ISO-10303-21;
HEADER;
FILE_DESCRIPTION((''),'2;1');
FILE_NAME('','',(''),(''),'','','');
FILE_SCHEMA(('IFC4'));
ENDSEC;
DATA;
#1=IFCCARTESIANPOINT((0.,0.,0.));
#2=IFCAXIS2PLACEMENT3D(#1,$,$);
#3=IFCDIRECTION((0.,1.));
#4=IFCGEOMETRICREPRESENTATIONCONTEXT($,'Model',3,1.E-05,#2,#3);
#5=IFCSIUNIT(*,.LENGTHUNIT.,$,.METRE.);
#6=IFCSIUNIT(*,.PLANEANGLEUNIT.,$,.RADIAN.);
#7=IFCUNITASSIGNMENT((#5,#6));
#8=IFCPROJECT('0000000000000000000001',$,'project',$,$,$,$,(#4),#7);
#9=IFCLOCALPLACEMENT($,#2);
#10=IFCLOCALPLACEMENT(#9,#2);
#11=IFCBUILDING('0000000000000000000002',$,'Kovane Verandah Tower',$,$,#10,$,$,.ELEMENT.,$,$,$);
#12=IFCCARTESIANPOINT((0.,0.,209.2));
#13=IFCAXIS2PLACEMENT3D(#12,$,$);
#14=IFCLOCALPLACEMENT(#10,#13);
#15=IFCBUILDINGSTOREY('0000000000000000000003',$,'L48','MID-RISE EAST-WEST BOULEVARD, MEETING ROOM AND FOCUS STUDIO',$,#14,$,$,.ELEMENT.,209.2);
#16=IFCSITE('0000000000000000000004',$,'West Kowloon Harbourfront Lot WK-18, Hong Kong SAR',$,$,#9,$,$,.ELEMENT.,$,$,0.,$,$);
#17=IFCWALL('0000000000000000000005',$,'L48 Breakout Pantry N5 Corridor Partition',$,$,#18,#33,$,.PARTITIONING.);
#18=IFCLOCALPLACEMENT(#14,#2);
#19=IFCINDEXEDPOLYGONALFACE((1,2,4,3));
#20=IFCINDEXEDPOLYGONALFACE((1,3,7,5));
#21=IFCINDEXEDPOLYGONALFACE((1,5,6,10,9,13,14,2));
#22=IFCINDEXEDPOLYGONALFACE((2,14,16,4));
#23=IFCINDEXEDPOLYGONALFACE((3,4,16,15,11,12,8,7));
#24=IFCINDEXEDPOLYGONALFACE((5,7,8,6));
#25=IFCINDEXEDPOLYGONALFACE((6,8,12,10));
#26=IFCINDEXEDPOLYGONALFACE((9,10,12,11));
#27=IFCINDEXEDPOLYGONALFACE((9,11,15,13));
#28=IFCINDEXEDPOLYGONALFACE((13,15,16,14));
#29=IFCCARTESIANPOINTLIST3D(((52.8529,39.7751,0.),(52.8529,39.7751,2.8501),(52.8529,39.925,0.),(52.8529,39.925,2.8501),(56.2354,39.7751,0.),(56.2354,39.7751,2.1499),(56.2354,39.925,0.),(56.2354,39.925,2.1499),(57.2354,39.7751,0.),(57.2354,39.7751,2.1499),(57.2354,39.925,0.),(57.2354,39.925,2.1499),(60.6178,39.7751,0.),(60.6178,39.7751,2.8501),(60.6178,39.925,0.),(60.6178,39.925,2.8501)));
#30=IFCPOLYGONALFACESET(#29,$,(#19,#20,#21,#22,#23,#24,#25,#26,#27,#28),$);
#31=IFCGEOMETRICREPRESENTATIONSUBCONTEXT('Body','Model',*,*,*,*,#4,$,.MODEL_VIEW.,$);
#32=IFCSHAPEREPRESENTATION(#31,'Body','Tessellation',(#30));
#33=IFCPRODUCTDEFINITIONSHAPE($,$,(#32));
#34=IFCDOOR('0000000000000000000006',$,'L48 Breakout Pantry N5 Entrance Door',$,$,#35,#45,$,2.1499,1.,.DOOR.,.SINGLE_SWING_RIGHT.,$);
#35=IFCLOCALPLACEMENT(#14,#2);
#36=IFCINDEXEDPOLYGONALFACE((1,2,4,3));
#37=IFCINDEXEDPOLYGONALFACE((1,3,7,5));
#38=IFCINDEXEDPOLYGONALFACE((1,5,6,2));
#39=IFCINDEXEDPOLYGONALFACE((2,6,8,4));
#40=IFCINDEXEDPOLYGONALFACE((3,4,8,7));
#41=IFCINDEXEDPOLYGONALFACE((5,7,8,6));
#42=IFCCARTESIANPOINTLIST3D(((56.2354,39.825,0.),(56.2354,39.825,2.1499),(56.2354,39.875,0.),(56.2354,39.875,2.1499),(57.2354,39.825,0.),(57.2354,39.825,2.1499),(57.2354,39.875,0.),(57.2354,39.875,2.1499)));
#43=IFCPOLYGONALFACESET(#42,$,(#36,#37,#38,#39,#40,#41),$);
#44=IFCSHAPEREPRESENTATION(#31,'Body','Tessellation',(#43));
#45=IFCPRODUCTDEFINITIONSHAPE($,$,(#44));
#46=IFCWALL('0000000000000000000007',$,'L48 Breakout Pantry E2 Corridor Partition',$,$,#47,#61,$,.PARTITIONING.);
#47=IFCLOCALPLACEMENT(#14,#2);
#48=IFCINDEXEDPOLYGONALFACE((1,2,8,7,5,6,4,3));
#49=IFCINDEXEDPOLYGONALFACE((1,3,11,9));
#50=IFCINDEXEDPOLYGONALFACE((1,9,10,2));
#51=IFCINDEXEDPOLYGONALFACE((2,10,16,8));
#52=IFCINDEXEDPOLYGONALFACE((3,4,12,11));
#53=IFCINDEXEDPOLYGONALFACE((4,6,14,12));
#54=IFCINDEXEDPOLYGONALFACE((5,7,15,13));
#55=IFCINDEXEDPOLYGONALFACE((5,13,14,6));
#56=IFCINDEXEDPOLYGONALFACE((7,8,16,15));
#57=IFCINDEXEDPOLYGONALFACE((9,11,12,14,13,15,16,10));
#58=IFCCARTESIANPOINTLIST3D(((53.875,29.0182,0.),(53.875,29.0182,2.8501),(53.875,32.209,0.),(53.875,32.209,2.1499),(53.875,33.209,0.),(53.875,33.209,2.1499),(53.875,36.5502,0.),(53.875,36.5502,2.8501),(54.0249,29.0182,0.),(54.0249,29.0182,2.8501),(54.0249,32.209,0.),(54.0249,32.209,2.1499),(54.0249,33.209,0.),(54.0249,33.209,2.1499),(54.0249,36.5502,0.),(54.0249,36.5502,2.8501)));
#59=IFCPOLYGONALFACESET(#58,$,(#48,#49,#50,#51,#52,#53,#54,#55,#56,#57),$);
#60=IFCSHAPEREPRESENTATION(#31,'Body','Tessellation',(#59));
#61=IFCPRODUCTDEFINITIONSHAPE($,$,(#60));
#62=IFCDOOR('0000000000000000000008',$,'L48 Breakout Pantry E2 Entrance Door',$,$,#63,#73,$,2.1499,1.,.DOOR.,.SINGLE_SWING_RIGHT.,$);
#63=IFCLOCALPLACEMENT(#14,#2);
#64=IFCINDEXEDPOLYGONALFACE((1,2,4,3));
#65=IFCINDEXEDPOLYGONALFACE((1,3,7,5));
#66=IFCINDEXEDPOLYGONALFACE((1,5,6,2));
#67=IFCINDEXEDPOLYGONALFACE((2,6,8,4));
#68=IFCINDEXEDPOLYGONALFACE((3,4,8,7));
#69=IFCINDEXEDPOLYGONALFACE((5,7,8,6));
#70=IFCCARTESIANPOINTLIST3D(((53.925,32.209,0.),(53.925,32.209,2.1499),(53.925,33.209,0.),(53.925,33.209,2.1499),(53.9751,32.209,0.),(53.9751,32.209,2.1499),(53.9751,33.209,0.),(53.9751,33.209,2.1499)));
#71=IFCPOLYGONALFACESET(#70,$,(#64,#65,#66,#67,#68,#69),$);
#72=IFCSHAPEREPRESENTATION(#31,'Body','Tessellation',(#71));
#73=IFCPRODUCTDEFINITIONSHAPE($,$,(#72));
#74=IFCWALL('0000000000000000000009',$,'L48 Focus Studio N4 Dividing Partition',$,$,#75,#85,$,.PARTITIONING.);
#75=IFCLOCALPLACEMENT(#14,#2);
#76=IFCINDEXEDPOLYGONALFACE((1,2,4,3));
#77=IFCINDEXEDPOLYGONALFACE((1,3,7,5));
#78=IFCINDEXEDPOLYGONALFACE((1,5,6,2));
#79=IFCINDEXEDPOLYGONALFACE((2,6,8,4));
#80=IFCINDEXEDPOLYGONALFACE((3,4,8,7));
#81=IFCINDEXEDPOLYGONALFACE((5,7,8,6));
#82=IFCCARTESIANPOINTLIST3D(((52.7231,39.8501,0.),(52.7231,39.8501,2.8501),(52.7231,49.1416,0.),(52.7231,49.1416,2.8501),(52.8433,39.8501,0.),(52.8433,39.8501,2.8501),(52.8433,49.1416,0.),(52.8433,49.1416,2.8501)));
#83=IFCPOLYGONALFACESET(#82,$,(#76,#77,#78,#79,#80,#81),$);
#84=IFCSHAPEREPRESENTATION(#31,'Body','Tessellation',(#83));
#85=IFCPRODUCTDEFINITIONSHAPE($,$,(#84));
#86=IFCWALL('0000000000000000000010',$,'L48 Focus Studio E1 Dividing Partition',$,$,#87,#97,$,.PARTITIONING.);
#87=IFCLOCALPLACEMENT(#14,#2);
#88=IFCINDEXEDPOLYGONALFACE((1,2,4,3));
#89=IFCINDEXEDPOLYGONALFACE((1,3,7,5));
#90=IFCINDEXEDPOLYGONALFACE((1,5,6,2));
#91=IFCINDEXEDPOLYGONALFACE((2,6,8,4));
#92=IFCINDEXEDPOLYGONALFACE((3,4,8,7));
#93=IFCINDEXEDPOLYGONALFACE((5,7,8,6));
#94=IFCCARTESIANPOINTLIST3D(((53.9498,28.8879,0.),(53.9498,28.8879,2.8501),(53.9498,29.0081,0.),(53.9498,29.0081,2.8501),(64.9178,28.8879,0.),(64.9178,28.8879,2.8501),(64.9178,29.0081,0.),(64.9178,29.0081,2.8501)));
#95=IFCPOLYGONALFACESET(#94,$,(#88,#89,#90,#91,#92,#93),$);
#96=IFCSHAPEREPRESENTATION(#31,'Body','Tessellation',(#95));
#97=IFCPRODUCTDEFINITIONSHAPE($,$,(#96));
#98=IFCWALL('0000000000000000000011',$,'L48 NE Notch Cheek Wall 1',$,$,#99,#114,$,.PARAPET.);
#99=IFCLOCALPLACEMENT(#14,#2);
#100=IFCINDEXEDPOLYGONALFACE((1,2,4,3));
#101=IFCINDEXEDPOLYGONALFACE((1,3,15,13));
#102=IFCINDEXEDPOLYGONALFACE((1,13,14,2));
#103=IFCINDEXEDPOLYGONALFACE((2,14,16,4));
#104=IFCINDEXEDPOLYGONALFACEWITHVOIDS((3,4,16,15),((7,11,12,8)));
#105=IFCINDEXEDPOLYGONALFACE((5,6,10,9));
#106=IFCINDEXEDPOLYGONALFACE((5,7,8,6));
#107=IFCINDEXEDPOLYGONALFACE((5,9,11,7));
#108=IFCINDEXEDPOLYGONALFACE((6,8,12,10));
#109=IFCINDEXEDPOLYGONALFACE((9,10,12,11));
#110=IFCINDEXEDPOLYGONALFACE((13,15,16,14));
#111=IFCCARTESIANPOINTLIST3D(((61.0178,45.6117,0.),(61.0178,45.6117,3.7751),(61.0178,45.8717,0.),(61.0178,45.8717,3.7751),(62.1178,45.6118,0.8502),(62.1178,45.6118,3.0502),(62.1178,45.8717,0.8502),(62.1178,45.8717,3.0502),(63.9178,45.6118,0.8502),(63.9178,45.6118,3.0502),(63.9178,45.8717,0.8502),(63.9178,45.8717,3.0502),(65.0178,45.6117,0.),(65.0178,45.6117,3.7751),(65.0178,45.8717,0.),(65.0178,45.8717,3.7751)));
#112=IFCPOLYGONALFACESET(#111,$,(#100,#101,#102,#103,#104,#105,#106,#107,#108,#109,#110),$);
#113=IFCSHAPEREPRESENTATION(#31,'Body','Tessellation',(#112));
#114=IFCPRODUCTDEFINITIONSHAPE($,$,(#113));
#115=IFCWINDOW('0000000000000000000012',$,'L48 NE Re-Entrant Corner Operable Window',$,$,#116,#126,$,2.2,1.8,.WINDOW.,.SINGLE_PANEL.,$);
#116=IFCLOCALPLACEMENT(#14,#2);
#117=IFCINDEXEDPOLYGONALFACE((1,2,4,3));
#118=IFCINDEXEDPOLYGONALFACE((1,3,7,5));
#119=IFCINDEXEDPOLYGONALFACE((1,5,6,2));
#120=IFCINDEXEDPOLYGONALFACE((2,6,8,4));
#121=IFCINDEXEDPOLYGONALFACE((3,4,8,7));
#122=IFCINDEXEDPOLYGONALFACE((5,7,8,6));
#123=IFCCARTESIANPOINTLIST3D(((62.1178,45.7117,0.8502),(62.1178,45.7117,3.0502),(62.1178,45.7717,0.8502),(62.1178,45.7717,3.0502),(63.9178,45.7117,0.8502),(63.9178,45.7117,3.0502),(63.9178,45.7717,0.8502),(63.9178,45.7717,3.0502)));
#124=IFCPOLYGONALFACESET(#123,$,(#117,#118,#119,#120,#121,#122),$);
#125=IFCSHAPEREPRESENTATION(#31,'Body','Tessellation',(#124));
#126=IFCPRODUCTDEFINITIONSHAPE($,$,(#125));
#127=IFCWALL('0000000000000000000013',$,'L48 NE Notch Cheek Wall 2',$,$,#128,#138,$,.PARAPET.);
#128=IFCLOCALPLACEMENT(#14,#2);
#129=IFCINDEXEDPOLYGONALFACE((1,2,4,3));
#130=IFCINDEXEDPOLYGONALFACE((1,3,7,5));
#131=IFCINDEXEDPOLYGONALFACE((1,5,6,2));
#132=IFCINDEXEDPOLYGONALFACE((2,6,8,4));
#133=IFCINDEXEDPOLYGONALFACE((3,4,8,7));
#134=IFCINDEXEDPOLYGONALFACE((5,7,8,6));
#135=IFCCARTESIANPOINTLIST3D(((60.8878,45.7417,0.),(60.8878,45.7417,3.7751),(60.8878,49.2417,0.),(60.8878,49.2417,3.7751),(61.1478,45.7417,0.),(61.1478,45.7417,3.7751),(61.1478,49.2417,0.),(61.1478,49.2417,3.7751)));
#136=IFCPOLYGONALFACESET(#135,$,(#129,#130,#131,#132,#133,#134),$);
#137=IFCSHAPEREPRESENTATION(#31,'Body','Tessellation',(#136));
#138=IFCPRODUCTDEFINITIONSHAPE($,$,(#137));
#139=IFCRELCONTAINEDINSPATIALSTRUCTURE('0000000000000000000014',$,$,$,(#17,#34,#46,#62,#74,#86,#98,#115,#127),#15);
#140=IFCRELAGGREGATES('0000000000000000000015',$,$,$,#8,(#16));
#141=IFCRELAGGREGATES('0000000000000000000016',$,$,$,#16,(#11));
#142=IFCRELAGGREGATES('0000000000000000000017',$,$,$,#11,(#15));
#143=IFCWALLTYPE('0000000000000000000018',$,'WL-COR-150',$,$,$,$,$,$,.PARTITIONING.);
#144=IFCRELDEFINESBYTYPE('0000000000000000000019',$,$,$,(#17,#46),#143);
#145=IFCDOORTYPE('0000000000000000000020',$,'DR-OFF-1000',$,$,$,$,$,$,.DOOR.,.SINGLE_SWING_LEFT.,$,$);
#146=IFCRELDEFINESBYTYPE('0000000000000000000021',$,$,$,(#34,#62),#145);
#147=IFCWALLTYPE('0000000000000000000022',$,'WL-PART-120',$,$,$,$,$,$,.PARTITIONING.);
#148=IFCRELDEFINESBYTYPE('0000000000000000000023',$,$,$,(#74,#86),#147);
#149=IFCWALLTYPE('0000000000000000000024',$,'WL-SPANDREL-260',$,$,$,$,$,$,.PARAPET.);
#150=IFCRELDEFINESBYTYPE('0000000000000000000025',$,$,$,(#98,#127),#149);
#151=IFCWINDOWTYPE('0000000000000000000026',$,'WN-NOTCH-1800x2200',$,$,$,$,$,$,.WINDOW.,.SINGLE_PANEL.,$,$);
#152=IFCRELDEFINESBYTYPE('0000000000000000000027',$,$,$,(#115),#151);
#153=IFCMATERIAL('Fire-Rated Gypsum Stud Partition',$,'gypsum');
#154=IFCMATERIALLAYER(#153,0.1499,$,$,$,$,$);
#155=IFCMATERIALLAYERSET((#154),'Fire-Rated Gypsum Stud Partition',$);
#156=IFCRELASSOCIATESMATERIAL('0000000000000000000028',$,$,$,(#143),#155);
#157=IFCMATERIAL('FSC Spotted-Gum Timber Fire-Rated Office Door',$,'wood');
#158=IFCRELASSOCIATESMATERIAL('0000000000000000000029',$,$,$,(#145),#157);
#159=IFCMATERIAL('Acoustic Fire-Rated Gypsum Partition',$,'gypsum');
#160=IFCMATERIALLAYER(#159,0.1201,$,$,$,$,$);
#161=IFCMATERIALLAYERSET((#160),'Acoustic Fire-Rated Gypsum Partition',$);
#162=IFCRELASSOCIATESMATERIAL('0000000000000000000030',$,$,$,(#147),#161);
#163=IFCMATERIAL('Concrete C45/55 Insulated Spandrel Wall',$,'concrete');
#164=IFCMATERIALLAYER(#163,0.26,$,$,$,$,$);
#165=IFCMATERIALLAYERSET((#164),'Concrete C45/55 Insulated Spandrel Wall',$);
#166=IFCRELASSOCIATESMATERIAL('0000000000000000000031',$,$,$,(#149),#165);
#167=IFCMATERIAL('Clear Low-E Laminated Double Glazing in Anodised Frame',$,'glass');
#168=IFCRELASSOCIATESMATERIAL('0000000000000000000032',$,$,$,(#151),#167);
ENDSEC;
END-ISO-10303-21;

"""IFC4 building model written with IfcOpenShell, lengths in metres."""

from ifc_helpers import new_model, si_unit, direction, frame, frame_2d, origin, place, context, subcontext, project, spatial, rectangle, extrude, material, layer, layer_set, type_object, element, fill, save


model = new_model("IFC4")

# Units and contexts
model_context = context("Model", 3, precision=1e-05, world=origin(), true_north=direction((0.0, 1.0)))
body_context = subcontext(model_context, "Body", "Model", "MODEL_VIEW")
ifc_project = project(units=[si_unit("LENGTHUNIT", "METRE"), si_unit("PLANEANGLEUNIT", "RADIAN")], contexts=[model_context])

# Site, building, storey
site_placement = place(None, origin())
site = spatial("IfcSite", under=ifc_project, at=site_placement, Name="West Kowloon Harbourfront Lot WK-18, Hong Kong SAR", CompositionType="ELEMENT", RefElevation=0.0)
building_placement = place(site_placement, origin())
building = spatial("IfcBuilding", under=site, at=building_placement, Name="Kovane Verandah Tower", CompositionType="ELEMENT")
storey_placement = place(building_placement, frame((0.0, 0.0, 209.2)))
storey = spatial("IfcBuildingStorey", under=building, at=storey_placement, Name="L48", Description="MID-RISE EAST-WEST BOULEVARD, MEETING ROOM AND FOCUS STUDIO", CompositionType="ELEMENT", Elevation=209.2)

# Walls, openings, doors
ifc_material_1 = material(Name="Fire-Rated Gypsum Stud Partition", Category="gypsum")
ifc_layer_1 = layer(ifc_material_1, 0.1499)
ifc_layer_set_1 = layer_set([ifc_layer_1], Name="Fire-Rated Gypsum Stud Partition")
wall_type_1 = type_object("IfcWallType", Name="WL-COR-150", PredefinedType="PARTITIONING", material=ifc_layer_set_1)
wall_1_placement = place(storey_placement, frame((52.853, 39.8501, 0.0), z_axis=(0.0, 0.0, 1.0), x_axis=(1.0, 0.0, 0.0)))
wall_1 = element("IfcWall", 1, at=wall_1_placement, inside=storey, type_object=wall_type_1, Name="L48 Breakout Pantry N5 Corridor Partition", PredefinedType="PARTITIONING", context=body_context, shape_type="SweptSolid", body=[
    extrude(rectangle(XDim=7.7649, YDim=0.1499, at=frame_2d((3.8823, 0.0))), origin(), (0.0, 0.0, 1.0), 2.8501),
])
opening_1_placement = place(wall_1_placement, frame((3.3823, 0.0, 0.0)))
opening_1 = element("IfcOpeningElement", 2, at=opening_1_placement, cuts=wall_1, PredefinedType="OPENING", context=body_context, shape_type="SweptSolid", body=[
    extrude(rectangle(XDim=1.0, YDim=2.1499, at=frame_2d((0.5, 1.075))), frame((0.0, 0.075, 0.0), z_axis=(0.0, -1.0, 0.0), x_axis=(1.0, 0.0, 0.0)), (0.0, 0.0, 1.0), 0.1499),
])
ifc_material_2 = material(Name="FSC Spotted-Gum Timber Fire-Rated Office Door", Category="wood")
door_type_1 = type_object("IfcDoorType", Name="DR-OFF-1000", OperationType="SINGLE_SWING_LEFT", PredefinedType="DOOR", material=ifc_material_2)
door_1_placement = place(opening_1_placement, origin())
door_1 = element("IfcDoor", 3, at=door_1_placement, inside=storey, type_object=door_type_1, Name="L48 Breakout Pantry N5 Entrance Door", OperationType="SINGLE_SWING_RIGHT", OverallHeight=2.1499, OverallWidth=1.0, PredefinedType="DOOR", context=body_context, shape_type="SweptSolid", body=[
    extrude(rectangle(XDim=1.0, YDim=2.1499, at=frame_2d((0.5, 1.075))), frame((0.0, 0.0249, 0.0), z_axis=(0.0, -1.0, 0.0), x_axis=(1.0, 0.0, 0.0)), (0.0, 0.0, 1.0), 0.05),
])
fill(opening_1, door_1)
wall_2_placement = place(storey_placement, frame((53.95, 29.0181, 0.0), z_axis=(0.0, 0.0, 1.0), x_axis=(0.0, 1.0, 0.0)))
wall_2 = element("IfcWall", 4, at=wall_2_placement, inside=storey, type_object=wall_type_1, Name="L48 Breakout Pantry E2 Corridor Partition", PredefinedType="PARTITIONING", context=body_context, shape_type="SweptSolid", body=[
    extrude(rectangle(XDim=7.532, YDim=0.1499, at=frame_2d((3.7661, 0.0))), origin(), (0.0, 0.0, 1.0), 2.8501),
])
opening_2_placement = place(wall_2_placement, frame((3.1909, 0.0, 0.0)))
opening_2 = element("IfcOpeningElement", 5, at=opening_2_placement, cuts=wall_2, PredefinedType="OPENING", context=body_context, shape_type="SweptSolid", body=[
    extrude(rectangle(XDim=1.0, YDim=2.1499, at=frame_2d((0.5, 1.075))), frame((0.0, 0.075, 0.0), z_axis=(0.0, -1.0, 0.0), x_axis=(1.0, 0.0, 0.0)), (0.0, 0.0, 1.0), 0.1499),
])
door_2_placement = place(opening_2_placement, origin())
door_2 = element("IfcDoor", 6, at=door_2_placement, inside=storey, type_object=door_type_1, Name="L48 Breakout Pantry E2 Entrance Door", OperationType="SINGLE_SWING_RIGHT", OverallHeight=2.1499, OverallWidth=1.0, PredefinedType="DOOR", context=body_context, shape_type="SweptSolid", body=[
    extrude(rectangle(XDim=1.0, YDim=2.1499, at=frame_2d((0.5, 1.075))), frame((0.0, 0.0249, 0.0), z_axis=(0.0, -1.0, 0.0), x_axis=(1.0, 0.0, 0.0)), (0.0, 0.0, 1.0), 0.05),
])
fill(opening_2, door_2)

# Walls
ifc_material_3 = material(Name="Acoustic Fire-Rated Gypsum Partition", Category="gypsum")
ifc_layer_2 = layer(ifc_material_3, 0.1201)
ifc_layer_set_2 = layer_set([ifc_layer_2], Name="Acoustic Fire-Rated Gypsum Partition")
wall_type_2 = type_object("IfcWallType", Name="WL-PART-120", PredefinedType="PARTITIONING", material=ifc_layer_set_2)
wall_3_placement = place(storey_placement, frame((52.7832, 39.8501, 0.0), z_axis=(0.0, 0.0, 1.0), x_axis=(0.0, 1.0, 0.0)))
element("IfcWall", 7, at=wall_3_placement, inside=storey, type_object=wall_type_2, Name="L48 Focus Studio N4 Dividing Partition", PredefinedType="PARTITIONING", context=body_context, shape_type="SweptSolid", body=[
    extrude(rectangle(XDim=9.2915, YDim=0.1201, at=frame_2d((4.6458, 0.0))), origin(), (0.0, 0.0, 1.0), 2.8501),
])
wall_4_placement = place(storey_placement, frame((53.95, 28.948, 0.0), z_axis=(0.0, 0.0, 1.0), x_axis=(1.0, 0.0, 0.0)))
element("IfcWall", 8, at=wall_4_placement, inside=storey, type_object=wall_type_2, Name="L48 Focus Studio E1 Dividing Partition", PredefinedType="PARTITIONING", context=body_context, shape_type="SweptSolid", body=[
    extrude(rectangle(XDim=10.968, YDim=0.1201, at=frame_2d((5.4839, 0.0))), origin(), (0.0, 0.0, 1.0), 2.8501),
])

# Shared definitions
ifc_material_4 = material(Name="Concrete C45/55 Insulated Spandrel Wall", Category="concrete")
ifc_layer_3 = layer(ifc_material_4, 0.26)
ifc_layer_set_3 = layer_set([ifc_layer_3], Name="Concrete C45/55 Insulated Spandrel Wall")
wall_type_3 = type_object("IfcWallType", Name="WL-SPANDREL-260", PredefinedType="PARAPET", material=ifc_layer_set_3)
ifc_material_5 = material(Name="Clear Low-E Laminated Double Glazing in Anodised Frame", Category="glass")

# Wall, opening, window
wall_5_placement = place(storey_placement, frame((65.0178, 45.7417, 0.0), z_axis=(0.0, 0.0, 1.0), x_axis=(-1.0, 0.0, 0.0)))
wall_5 = element("IfcWall", 9, at=wall_5_placement, inside=storey, type_object=wall_type_3, Name="L48 NE Notch Cheek Wall 1", PredefinedType="PARAPET", context=body_context, shape_type="SweptSolid", body=[
    extrude(rectangle(XDim=4.0, YDim=0.26, at=frame_2d((2.0, 0.0))), origin(), (0.0, 0.0, 1.0), 3.7751),
])
opening_3_placement = place(wall_5_placement, frame((1.1001, 0.0, 0.8501)))
opening_3 = element("IfcOpeningElement", 10, at=opening_3_placement, cuts=wall_5, PredefinedType="OPENING", context=body_context, shape_type="SweptSolid", body=[
    extrude(rectangle(XDim=1.8, YDim=2.2, at=frame_2d((0.8999, 1.1001))), frame((0.0, 0.1299, 0.0), z_axis=(0.0, -1.0, 0.0), x_axis=(1.0, 0.0, 0.0)), (0.0, 0.0, 1.0), 0.26),
])
window_type_1 = type_object("IfcWindowType", Name="WN-NOTCH-1800x2200", PartitioningType="SINGLE_PANEL", PredefinedType="WINDOW", material=ifc_material_5)
window_1_placement = place(opening_3_placement, origin())
window_1 = element("IfcWindow", 11, at=window_1_placement, inside=storey, type_object=window_type_1, Name="L48 NE Re-Entrant Corner Operable Window", OverallHeight=2.2, OverallWidth=1.8, PartitioningType="SINGLE_PANEL", PredefinedType="WINDOW", context=body_context, shape_type="SweptSolid", body=[
    extrude(rectangle(XDim=1.8, YDim=2.2, at=frame_2d((0.8999, 1.1001))), frame((0.0, 0.03, 0.0), z_axis=(0.0, -1.0, 0.0), x_axis=(1.0, 0.0, 0.0)), (0.0, 0.0, 1.0), 0.0601),
])
fill(opening_3, window_1)

# Wall
wall_6_placement = place(storey_placement, frame((61.0178, 45.7417, 0.0), z_axis=(0.0, 0.0, 1.0), x_axis=(0.0, 1.0, 0.0)))
element("IfcWall", 12, at=wall_6_placement, inside=storey, type_object=wall_type_3, Name="L48 NE Notch Cheek Wall 2", PredefinedType="PARAPET", context=body_context, shape_type="SweptSolid", body=[
    extrude(rectangle(XDim=3.5, YDim=0.26, at=frame_2d((1.75, 0.0))), origin(), (0.0, 0.0, 1.0), 3.7751),
])

save(model, "model.ifc")
